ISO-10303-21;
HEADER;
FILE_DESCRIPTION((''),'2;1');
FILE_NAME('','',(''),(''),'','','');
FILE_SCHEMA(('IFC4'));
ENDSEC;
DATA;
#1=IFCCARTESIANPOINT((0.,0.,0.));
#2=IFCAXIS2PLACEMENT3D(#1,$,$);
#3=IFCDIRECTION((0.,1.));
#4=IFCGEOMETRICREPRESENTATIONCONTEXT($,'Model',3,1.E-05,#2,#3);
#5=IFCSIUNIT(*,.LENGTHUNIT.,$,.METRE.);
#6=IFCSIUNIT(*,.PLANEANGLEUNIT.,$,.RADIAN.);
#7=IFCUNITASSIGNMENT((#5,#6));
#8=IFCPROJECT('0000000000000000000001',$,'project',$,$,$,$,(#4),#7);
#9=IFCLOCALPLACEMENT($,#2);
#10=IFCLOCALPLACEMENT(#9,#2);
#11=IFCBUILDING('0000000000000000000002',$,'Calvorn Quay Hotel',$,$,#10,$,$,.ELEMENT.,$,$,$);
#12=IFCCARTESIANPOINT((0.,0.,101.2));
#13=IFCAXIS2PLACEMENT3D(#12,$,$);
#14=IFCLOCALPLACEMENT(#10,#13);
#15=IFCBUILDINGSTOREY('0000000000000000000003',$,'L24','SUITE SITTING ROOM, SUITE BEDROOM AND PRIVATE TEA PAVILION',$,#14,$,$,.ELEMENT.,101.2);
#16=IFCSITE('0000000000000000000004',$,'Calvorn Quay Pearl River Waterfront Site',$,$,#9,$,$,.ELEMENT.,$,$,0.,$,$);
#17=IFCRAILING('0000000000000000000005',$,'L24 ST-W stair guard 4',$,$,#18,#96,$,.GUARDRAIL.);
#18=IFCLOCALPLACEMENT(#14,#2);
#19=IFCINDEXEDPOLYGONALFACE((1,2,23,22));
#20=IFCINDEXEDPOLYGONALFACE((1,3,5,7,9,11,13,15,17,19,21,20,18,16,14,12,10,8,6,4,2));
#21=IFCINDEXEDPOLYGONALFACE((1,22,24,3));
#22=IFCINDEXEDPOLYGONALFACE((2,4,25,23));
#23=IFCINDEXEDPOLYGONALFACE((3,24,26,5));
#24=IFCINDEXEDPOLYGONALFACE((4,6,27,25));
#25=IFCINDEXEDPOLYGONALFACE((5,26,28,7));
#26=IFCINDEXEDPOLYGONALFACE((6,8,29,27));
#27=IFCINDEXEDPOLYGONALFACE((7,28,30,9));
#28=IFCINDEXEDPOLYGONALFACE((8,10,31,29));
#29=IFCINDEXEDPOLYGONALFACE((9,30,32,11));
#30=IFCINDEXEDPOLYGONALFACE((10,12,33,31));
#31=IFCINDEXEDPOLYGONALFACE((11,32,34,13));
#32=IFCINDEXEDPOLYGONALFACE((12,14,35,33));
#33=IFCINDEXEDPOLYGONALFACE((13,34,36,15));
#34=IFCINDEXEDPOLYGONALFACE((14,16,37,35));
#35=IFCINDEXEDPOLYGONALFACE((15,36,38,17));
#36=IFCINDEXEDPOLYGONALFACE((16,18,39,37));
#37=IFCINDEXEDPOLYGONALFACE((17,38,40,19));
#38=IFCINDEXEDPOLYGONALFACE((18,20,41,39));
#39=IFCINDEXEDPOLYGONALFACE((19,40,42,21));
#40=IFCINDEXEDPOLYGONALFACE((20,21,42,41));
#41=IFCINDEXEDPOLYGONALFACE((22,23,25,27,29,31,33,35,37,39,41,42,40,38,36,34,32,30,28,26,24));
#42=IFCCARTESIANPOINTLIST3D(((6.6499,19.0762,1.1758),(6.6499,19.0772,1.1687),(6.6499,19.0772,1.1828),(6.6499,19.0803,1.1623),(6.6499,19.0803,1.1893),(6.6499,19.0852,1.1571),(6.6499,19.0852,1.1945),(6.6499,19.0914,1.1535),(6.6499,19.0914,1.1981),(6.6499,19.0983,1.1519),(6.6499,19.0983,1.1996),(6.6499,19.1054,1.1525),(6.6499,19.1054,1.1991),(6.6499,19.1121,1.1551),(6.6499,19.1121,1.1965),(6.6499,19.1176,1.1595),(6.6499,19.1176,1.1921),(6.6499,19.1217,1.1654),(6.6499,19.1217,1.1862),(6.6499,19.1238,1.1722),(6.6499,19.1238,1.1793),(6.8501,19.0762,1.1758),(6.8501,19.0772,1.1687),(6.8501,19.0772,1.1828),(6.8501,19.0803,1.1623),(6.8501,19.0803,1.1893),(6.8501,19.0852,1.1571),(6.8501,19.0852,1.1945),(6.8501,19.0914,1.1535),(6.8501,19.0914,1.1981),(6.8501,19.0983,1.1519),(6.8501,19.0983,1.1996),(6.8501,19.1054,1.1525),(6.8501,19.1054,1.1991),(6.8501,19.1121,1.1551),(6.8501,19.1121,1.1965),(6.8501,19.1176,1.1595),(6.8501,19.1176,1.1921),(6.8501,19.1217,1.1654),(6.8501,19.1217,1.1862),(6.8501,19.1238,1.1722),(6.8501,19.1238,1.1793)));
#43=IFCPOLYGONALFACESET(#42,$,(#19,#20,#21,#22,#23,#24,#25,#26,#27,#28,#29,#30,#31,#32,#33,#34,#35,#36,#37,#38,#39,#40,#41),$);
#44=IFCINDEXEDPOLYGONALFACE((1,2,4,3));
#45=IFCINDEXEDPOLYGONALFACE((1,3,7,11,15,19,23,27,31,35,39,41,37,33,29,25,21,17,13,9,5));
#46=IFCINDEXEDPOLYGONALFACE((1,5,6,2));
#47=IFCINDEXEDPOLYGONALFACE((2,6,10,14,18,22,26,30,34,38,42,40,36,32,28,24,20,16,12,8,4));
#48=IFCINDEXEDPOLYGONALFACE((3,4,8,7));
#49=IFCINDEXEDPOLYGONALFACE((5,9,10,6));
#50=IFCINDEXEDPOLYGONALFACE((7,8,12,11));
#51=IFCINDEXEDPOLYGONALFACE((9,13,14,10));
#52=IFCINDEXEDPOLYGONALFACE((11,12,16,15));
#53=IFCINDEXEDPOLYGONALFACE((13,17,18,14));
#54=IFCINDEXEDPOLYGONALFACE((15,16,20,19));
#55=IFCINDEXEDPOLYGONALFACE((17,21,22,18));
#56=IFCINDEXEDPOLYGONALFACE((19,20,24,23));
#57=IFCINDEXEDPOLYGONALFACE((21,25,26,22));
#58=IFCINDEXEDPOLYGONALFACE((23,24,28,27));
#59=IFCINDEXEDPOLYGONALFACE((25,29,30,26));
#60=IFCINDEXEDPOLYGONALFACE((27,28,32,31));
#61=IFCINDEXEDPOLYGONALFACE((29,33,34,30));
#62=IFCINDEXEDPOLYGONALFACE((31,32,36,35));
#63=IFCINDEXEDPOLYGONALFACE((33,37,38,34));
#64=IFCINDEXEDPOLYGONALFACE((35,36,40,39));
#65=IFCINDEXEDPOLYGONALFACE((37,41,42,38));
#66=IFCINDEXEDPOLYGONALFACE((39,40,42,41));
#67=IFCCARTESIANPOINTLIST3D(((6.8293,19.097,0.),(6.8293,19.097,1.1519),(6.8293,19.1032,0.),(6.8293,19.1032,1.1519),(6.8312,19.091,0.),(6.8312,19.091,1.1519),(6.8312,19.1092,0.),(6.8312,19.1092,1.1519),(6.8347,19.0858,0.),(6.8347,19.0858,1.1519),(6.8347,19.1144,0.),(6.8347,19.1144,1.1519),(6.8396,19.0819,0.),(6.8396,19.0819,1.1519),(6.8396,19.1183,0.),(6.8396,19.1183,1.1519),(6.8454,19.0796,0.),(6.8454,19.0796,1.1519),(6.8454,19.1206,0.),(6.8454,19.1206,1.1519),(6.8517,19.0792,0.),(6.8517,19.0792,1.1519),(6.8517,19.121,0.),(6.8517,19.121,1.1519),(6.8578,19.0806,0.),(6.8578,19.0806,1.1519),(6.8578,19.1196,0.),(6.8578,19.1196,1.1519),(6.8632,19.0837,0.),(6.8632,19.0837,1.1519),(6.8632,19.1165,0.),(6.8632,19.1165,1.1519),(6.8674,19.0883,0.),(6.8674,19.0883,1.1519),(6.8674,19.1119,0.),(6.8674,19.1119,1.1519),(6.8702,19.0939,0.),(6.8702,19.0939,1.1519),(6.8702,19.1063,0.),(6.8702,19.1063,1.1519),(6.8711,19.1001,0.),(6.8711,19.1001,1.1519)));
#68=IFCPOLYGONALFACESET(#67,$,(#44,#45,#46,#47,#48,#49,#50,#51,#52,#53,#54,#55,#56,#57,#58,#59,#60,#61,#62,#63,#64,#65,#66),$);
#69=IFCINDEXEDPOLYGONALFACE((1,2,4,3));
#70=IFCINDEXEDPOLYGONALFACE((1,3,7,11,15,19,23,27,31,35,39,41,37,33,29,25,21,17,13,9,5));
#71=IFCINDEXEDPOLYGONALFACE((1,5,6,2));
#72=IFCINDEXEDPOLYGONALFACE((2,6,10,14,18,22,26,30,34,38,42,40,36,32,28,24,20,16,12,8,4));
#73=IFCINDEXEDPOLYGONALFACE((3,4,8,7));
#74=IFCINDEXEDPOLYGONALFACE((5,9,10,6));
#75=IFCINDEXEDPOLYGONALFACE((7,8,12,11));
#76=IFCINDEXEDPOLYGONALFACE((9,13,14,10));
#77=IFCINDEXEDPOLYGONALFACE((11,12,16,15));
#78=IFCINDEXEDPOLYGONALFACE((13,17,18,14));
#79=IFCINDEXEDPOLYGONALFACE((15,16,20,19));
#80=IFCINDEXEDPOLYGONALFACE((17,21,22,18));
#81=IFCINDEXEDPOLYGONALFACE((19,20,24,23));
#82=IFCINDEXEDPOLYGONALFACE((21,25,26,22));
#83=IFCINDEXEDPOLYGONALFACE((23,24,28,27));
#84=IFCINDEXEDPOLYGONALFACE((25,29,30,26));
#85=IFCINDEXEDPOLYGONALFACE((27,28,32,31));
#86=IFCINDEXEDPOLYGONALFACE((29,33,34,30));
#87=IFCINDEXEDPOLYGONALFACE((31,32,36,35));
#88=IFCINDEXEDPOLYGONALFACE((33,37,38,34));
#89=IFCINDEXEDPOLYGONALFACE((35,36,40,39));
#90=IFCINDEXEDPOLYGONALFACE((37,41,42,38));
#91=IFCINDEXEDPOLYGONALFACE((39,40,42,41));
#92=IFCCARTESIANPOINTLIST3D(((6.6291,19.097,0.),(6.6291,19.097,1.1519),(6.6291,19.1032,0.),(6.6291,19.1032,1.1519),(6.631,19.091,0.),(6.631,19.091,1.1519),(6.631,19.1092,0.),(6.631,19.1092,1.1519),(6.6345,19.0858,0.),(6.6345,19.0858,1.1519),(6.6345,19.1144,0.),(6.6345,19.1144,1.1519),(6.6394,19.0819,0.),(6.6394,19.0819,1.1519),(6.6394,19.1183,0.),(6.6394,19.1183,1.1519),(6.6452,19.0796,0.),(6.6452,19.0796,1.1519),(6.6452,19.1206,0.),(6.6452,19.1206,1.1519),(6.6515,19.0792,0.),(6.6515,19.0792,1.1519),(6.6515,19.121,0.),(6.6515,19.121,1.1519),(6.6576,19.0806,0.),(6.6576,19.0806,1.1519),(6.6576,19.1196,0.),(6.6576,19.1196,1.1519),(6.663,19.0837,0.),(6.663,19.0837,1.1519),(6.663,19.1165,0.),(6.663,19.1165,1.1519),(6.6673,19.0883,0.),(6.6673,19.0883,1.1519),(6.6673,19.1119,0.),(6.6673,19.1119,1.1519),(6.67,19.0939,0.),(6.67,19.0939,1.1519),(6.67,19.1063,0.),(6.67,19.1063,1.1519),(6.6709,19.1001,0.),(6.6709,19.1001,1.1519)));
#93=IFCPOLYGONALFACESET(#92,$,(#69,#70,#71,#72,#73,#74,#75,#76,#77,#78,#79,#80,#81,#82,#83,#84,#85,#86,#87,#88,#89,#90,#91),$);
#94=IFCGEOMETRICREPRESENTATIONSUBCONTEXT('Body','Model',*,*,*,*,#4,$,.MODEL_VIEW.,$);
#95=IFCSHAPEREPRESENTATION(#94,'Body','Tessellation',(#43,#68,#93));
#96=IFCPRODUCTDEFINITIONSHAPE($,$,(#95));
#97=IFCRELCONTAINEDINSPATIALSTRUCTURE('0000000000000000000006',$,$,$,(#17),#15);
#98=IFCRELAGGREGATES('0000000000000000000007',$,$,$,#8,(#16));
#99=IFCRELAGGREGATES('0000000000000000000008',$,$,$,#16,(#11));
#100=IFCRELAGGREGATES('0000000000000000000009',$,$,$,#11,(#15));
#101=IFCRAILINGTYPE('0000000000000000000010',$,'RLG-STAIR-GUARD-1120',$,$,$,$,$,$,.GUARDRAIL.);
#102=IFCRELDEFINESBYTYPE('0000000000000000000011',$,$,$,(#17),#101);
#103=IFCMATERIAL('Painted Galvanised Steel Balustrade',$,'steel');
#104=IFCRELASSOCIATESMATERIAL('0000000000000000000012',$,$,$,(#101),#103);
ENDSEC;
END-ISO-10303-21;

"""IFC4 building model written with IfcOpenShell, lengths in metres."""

from ifc_helpers import new_model, si_unit, direction, frame, origin, origin_2d, place, context, subcontext, project, spatial, circle, extrude, material, type_object, element, save


model = new_model("IFC4")

# Units and contexts
model_context = context("Model", 3, precision=1e-05, world=origin(), true_north=direction((0.0, 1.0)))
body_context = subcontext(model_context, "Body", "Model", "MODEL_VIEW")
ifc_project = project(units=[si_unit("LENGTHUNIT", "METRE"), si_unit("PLANEANGLEUNIT", "RADIAN")], contexts=[model_context])

# Site, building, storey
site_placement = place(None, origin())
site = spatial("IfcSite", under=ifc_project, at=site_placement, Name="Calvorn Quay Pearl River Waterfront Site", CompositionType="ELEMENT", RefElevation=0.0)
building_placement = place(site_placement, origin())
building = spatial("IfcBuilding", under=site, at=building_placement, Name="Calvorn Quay Hotel", CompositionType="ELEMENT")
storey_placement = place(building_placement, frame((0.0, 0.0, 101.2)))
storey = spatial("IfcBuildingStorey", under=building, at=storey_placement, Name="L24", Description="SUITE SITTING ROOM, SUITE BEDROOM AND PRIVATE TEA PAVILION", CompositionType="ELEMENT", Elevation=101.2)

# Railing
ifc_material_1 = material(Name="Painted Galvanised Steel Balustrade", Category="steel")
railing_type_1 = type_object("IfcRailingType", Name="RLG-STAIR-GUARD-1120", PredefinedType="GUARDRAIL", material=ifc_material_1)
railing_1_placement = place(storey_placement, frame((6.8501, 19.1001, 0.0)))
element("IfcRailing", 1, at=railing_1_placement, inside=storey, type_object=railing_type_1, Name="L24 ST-W stair guard 4", PredefinedType="GUARDRAIL", context=body_context, shape_type="SweptSolid", body=[
    extrude(circle(Radius=0.0239, at=origin_2d()), frame((0.0, 0.0, 1.1758), z_axis=(-1.0, 0.0, 0.0), x_axis=(0.0, -1.0, 0.0)), (0.0, 0.0, 1.0), 0.2002),
    extrude(circle(Radius=0.021, at=origin_2d()), origin(), (0.0, 0.0, 1.0), 1.1519),
    extrude(circle(Radius=0.021, at=origin_2d()), frame((-0.2002, 0.0, 0.0)), (0.0, 0.0, 1.0), 1.1519),
])

save(model, "model.ifc")
